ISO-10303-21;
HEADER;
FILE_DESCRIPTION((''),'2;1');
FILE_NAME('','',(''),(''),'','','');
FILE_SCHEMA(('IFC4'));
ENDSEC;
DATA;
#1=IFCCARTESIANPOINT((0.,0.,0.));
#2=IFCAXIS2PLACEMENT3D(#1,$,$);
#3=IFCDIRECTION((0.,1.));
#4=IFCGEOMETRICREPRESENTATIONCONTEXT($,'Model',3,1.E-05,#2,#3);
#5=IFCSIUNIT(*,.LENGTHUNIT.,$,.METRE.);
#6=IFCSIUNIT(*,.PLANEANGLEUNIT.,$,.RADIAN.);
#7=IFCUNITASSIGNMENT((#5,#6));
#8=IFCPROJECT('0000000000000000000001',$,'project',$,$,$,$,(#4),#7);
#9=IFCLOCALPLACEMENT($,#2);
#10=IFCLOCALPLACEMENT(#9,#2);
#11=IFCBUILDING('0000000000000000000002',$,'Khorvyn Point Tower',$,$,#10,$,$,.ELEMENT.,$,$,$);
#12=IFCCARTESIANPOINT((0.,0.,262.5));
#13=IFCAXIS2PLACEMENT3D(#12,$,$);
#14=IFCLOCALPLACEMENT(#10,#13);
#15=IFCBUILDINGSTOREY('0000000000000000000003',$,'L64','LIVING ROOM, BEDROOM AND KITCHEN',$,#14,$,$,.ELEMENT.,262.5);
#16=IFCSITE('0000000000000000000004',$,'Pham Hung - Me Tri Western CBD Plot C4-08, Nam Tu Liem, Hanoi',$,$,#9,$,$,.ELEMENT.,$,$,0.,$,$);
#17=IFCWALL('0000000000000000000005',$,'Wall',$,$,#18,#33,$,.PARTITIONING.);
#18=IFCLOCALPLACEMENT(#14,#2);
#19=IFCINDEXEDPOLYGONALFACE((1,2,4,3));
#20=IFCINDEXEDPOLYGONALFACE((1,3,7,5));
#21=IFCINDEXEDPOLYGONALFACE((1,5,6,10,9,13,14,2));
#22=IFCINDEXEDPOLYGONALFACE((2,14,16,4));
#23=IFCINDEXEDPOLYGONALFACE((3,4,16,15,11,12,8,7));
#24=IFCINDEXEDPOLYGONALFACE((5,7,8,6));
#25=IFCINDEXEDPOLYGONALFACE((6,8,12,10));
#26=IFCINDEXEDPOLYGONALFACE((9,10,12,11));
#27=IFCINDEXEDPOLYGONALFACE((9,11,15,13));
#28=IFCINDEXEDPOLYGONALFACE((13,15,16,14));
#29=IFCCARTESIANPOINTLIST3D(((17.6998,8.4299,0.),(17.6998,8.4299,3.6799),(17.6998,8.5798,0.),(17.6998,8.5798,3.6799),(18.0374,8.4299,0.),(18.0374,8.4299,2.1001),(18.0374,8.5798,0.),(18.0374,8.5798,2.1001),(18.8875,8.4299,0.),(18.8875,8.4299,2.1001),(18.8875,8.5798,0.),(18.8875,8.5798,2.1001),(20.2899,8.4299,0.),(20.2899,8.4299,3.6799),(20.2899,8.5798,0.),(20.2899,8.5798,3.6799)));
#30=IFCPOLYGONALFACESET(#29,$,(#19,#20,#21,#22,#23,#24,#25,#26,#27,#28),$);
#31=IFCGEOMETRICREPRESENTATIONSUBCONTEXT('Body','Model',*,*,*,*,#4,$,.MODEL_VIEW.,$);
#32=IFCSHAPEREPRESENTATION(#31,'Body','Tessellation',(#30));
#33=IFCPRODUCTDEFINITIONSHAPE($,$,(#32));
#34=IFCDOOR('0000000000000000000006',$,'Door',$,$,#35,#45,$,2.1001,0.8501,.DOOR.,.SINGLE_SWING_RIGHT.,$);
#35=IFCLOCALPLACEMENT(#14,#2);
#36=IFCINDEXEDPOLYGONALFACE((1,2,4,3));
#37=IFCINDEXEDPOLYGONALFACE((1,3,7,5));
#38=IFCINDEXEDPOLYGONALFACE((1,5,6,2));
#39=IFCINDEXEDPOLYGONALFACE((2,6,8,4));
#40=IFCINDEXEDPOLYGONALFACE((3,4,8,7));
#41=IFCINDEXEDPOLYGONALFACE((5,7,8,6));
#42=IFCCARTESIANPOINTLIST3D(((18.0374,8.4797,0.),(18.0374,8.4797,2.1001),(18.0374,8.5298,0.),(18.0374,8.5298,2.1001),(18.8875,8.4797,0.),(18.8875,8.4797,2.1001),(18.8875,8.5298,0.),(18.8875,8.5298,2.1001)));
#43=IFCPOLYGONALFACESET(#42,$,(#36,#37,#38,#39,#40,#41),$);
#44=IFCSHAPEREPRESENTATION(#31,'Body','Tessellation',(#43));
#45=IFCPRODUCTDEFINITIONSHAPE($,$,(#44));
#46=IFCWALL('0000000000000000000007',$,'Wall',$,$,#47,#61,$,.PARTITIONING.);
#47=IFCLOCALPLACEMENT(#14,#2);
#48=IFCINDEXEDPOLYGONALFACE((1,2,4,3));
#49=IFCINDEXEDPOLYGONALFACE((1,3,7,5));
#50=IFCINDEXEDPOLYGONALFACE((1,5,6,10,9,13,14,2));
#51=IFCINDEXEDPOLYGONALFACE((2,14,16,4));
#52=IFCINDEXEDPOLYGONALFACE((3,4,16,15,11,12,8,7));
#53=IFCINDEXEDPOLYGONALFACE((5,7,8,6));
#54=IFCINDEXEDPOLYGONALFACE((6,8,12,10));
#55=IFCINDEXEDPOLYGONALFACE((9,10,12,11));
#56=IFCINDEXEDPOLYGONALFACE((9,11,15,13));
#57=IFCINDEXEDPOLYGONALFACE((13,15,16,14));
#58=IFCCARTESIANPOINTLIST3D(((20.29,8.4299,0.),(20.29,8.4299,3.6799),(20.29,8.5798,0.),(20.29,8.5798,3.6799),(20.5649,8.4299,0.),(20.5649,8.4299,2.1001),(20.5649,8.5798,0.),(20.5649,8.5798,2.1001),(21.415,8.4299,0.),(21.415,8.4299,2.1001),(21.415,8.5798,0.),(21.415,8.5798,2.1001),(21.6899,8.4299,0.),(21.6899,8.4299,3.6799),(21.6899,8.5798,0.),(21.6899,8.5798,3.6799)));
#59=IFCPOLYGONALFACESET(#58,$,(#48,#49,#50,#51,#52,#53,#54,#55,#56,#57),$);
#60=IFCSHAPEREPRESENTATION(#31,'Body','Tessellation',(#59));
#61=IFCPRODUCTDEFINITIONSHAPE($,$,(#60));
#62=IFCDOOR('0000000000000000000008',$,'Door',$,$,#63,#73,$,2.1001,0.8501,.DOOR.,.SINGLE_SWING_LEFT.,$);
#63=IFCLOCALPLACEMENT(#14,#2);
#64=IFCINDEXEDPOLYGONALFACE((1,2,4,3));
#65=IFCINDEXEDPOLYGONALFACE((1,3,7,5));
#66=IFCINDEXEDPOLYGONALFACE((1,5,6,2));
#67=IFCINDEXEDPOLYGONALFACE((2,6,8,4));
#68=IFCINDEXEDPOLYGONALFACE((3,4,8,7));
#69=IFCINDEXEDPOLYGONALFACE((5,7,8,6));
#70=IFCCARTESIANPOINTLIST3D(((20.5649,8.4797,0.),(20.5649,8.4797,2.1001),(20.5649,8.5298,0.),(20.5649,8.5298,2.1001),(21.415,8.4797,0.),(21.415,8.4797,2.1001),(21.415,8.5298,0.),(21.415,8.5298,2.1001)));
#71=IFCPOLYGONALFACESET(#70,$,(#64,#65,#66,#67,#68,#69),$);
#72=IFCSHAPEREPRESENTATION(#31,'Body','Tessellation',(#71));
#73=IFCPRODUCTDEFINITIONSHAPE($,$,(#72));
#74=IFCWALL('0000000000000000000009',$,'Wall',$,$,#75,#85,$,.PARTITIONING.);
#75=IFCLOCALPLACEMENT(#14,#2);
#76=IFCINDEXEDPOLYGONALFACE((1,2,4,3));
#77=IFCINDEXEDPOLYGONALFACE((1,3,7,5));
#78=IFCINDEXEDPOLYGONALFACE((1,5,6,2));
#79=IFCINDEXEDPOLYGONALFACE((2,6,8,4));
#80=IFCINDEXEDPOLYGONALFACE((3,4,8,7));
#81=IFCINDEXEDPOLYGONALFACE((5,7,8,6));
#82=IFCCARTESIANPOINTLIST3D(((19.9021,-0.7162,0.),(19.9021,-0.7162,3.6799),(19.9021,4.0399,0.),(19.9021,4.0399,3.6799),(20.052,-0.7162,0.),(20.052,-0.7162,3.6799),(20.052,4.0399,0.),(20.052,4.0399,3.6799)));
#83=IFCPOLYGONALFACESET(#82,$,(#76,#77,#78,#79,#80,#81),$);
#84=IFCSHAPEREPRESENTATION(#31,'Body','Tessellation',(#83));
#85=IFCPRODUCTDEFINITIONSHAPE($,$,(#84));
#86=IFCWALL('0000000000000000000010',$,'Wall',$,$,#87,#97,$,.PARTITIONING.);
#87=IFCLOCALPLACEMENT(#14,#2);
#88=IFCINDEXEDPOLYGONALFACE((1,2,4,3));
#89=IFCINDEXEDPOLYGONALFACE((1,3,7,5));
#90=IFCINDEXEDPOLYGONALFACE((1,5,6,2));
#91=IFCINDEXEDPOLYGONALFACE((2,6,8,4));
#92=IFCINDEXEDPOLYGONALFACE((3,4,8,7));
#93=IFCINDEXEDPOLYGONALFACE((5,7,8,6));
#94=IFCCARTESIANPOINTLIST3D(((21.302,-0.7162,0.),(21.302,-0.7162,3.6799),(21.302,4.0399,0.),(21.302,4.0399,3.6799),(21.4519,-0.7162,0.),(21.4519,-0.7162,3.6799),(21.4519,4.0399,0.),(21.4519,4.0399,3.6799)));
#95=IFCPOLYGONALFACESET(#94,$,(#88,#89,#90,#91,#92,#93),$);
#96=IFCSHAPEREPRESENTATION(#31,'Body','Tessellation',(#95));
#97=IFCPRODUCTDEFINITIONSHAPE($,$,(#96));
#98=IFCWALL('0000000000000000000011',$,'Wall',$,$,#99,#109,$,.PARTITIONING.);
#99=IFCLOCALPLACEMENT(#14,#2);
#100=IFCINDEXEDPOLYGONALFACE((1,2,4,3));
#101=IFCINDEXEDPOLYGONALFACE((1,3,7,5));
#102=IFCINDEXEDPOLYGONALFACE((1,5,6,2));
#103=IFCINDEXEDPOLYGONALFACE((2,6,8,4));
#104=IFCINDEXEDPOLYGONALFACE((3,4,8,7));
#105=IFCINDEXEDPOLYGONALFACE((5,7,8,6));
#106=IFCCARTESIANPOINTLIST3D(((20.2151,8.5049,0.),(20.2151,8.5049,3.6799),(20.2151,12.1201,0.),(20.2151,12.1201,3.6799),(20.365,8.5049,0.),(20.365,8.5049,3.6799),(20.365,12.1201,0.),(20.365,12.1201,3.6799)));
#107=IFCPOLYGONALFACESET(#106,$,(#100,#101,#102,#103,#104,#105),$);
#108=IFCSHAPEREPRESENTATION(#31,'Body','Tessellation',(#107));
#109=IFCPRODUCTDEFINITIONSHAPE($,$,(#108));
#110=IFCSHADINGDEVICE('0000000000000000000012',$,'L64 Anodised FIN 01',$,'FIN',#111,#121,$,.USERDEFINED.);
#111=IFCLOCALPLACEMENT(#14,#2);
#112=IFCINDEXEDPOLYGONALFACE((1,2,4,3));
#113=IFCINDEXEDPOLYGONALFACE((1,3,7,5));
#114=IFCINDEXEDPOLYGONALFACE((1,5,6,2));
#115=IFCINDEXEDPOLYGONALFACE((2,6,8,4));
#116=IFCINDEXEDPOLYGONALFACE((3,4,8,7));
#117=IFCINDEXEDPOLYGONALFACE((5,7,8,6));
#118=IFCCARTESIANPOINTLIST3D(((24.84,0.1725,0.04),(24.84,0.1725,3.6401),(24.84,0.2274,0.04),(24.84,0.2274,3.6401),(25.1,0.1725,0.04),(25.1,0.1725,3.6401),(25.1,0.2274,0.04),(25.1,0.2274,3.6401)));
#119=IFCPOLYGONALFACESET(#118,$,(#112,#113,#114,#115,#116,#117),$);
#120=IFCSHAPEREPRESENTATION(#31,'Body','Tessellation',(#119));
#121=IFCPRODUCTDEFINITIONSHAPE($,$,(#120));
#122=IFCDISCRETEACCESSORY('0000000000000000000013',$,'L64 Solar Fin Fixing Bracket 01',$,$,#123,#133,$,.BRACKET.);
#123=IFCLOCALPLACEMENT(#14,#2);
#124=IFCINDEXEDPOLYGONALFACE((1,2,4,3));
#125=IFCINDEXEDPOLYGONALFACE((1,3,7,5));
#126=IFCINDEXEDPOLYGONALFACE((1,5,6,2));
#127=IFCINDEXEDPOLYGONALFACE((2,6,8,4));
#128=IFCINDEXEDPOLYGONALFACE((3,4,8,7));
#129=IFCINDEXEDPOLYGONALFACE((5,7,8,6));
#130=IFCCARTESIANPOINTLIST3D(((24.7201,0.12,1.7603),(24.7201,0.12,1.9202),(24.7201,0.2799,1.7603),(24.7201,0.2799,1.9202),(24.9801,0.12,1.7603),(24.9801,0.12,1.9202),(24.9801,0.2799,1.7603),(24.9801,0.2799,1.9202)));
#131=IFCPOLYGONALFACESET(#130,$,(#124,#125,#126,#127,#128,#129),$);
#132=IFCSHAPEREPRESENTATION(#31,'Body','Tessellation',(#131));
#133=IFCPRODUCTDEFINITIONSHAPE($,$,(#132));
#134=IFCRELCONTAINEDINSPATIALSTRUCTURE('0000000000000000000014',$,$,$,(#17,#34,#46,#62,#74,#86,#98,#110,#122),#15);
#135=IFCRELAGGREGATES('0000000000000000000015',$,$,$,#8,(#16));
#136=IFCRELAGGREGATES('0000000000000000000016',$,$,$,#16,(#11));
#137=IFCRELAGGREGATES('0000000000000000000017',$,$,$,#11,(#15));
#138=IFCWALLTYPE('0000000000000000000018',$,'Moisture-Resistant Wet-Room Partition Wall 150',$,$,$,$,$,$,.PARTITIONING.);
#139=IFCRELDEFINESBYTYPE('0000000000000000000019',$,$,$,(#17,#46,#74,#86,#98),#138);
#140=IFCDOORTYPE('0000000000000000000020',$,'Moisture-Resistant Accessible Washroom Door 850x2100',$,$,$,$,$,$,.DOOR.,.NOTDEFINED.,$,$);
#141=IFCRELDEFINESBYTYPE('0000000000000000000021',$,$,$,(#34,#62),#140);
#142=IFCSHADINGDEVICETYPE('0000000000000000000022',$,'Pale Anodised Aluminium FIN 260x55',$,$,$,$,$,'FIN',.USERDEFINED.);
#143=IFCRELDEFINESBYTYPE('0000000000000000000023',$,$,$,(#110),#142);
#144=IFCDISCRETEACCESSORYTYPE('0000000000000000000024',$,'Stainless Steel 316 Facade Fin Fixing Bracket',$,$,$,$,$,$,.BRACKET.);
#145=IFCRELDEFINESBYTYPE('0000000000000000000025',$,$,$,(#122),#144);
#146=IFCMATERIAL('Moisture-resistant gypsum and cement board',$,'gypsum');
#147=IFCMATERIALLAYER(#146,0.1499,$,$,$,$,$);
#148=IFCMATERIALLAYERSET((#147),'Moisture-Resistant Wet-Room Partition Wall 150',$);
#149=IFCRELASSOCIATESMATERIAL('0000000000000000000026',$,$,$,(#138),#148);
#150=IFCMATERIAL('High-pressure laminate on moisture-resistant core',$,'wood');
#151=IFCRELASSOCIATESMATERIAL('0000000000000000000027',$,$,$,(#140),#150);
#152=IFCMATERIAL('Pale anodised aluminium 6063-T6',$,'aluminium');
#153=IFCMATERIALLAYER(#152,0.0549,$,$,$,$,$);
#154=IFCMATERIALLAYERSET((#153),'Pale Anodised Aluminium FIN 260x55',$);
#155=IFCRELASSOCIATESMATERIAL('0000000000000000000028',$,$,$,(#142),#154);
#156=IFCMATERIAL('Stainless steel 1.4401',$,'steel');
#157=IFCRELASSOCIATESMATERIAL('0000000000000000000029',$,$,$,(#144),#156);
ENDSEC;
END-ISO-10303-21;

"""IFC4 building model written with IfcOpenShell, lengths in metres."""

from ifc_helpers import new_model, si_unit, direction, frame, frame_2d, origin, origin_2d, place, context, subcontext, project, spatial, rectangle, extrude, material, layer, layer_set, type_object, element, fill, save


model = new_model("IFC4")

# Units and contexts
model_context = context("Model", 3, precision=1e-05, world=origin(), true_north=direction((0.0, 1.0)))
body_context = subcontext(model_context, "Body", "Model", "MODEL_VIEW")
ifc_project = project(units=[si_unit("LENGTHUNIT", "METRE"), si_unit("PLANEANGLEUNIT", "RADIAN")], contexts=[model_context])

# Site, building, storey
site_placement = place(None, origin())
site = spatial("IfcSite", under=ifc_project, at=site_placement, Name="Pham Hung - Me Tri Western CBD Plot C4-08, Nam Tu Liem, Hanoi", CompositionType="ELEMENT", RefElevation=0.0)
building_placement = place(site_placement, origin())
building = spatial("IfcBuilding", under=site, at=building_placement, Name="Khorvyn Point Tower", CompositionType="ELEMENT")
storey_placement = place(building_placement, frame((0.0, 0.0, 262.5)))
storey = spatial("IfcBuildingStorey", under=building, at=storey_placement, Name="L64", Description="LIVING ROOM, BEDROOM AND KITCHEN", CompositionType="ELEMENT", Elevation=262.5)

# Walls, openings, doors
ifc_material_1 = material(Name="Moisture-resistant gypsum and cement board", Category="gypsum")
ifc_layer_1 = layer(ifc_material_1, 0.1499)
ifc_layer_set_1 = layer_set([ifc_layer_1], Name="Moisture-Resistant Wet-Room Partition Wall 150")
wall_type_1 = type_object("IfcWallType", Name="Moisture-Resistant Wet-Room Partition Wall 150", PredefinedType="PARTITIONING", material=ifc_layer_set_1)
ifc_material_2 = material(Name="High-pressure laminate on moisture-resistant core", Category="wood")
door_type_1 = type_object("IfcDoorType", Name="Moisture-Resistant Accessible Washroom Door 850x2100", OperationType="NOTDEFINED", PredefinedType="DOOR", material=ifc_material_2)
wall_1_placement = place(storey_placement, frame((17.7, 8.5049, 0.0), z_axis=(0.0, 0.0, 1.0), x_axis=(1.0, 0.0, 0.0)))
wall_1 = element("IfcWall", 1, at=wall_1_placement, inside=storey, type_object=wall_type_1, Name="Wall", PredefinedType="PARTITIONING", context=body_context, shape_type="SweptSolid", body=[
    extrude(rectangle(XDim=2.5901, YDim=0.1499, at=frame_2d((1.2949, 0.0))), origin(), (0.0, 0.0, 1.0), 3.6799),
])
opening_1_placement = place(wall_1_placement, frame((0.3374, 0.0, 0.0)))
opening_1 = element("IfcOpeningElement", 2, at=opening_1_placement, cuts=wall_1, PredefinedType="OPENING", context=body_context, shape_type="SweptSolid", body=[
    extrude(rectangle(XDim=0.8501, YDim=2.1001, at=frame_2d((0.425, 1.05))), frame((0.0, 0.085, 0.0), z_axis=(0.0, -1.0, 0.0), x_axis=(1.0, 0.0, 0.0)), (0.0, 0.0, 1.0), 0.1699),
])
door_1_placement = place(opening_1_placement, origin())
door_1 = element("IfcDoor", 3, at=door_1_placement, inside=storey, type_object=door_type_1, Name="Door", OperationType="SINGLE_SWING_RIGHT", OverallHeight=2.1001, OverallWidth=0.8501, PredefinedType="DOOR", context=body_context, shape_type="SweptSolid", body=[
    extrude(rectangle(XDim=0.8501, YDim=2.1001, at=frame_2d((0.425, 1.05))), frame((0.0, 0.0249, 0.0), z_axis=(0.0, -1.0, 0.0), x_axis=(1.0, 0.0, 0.0)), (0.0, 0.0, 1.0), 0.05),
])
fill(opening_1, door_1)
wall_2_placement = place(storey_placement, frame((20.29, 8.5049, 0.0), z_axis=(0.0, 0.0, 1.0), x_axis=(1.0, 0.0, 0.0)))
wall_2 = element("IfcWall", 4, at=wall_2_placement, inside=storey, type_object=wall_type_1, Name="Wall", PredefinedType="PARTITIONING", context=body_context, shape_type="SweptSolid", body=[
    extrude(rectangle(XDim=1.3999, YDim=0.1499, at=frame_2d((0.7, 0.0))), origin(), (0.0, 0.0, 1.0), 3.6799),
])
opening_2_placement = place(wall_2_placement, frame((0.2749, 0.0, 0.0)))
opening_2 = element("IfcOpeningElement", 5, at=opening_2_placement, cuts=wall_2, PredefinedType="OPENING", context=body_context, shape_type="SweptSolid", body=[
    extrude(rectangle(XDim=0.8501, YDim=2.1001, at=frame_2d((0.425, 1.05))), frame((0.0, 0.085, 0.0), z_axis=(0.0, -1.0, 0.0), x_axis=(1.0, 0.0, 0.0)), (0.0, 0.0, 1.0), 0.1699),
])
door_2_placement = place(opening_2_placement, origin())
door_2 = element("IfcDoor", 6, at=door_2_placement, inside=storey, type_object=door_type_1, Name="Door", OperationType="SINGLE_SWING_LEFT", OverallHeight=2.1001, OverallWidth=0.8501, PredefinedType="DOOR", context=body_context, shape_type="SweptSolid", body=[
    extrude(rectangle(XDim=0.8501, YDim=2.1001, at=frame_2d((0.425, 1.05))), frame((0.0, 0.0249, 0.0), z_axis=(0.0, -1.0, 0.0), x_axis=(1.0, 0.0, 0.0)), (0.0, 0.0, 1.0), 0.05),
])
fill(opening_2, door_2)

# Walls
for number, where, z_axis, x_axis, name in (
    (7, (19.9771, -0.7161, 0.0), (0.0, 0.0, 1.0), (0.0, 1.0, 0.0), "Wall"),
    (8, (21.377, -0.7161, 0.0), (0.0, 0.0, 1.0), (0.0, 1.0, 0.0), "Wall"),
):
    element("IfcWall", number, at=place(storey_placement, frame(where, z_axis=z_axis, x_axis=x_axis)), inside=storey, type_object=wall_type_1, Name=name, PredefinedType="PARTITIONING", context=body_context, shape_type="SweptSolid", body=[
        extrude(rectangle(XDim=4.7561, YDim=0.1499, at=frame_2d((2.3779, 0.0))), origin(), (0.0, 0.0, 1.0), 3.6799),
    ])
wall_3_placement = place(storey_placement, frame((20.29, 8.5049, 0.0), z_axis=(0.0, 0.0, 1.0), x_axis=(0.0, 1.0, 0.0)))
element("IfcWall", 9, at=wall_3_placement, inside=storey, type_object=wall_type_1, Name="Wall", PredefinedType="PARTITIONING", context=body_context, shape_type="SweptSolid", body=[
    extrude(rectangle(XDim=3.6152, YDim=0.1499, at=frame_2d((1.8076, 0.0))), origin(), (0.0, 0.0, 1.0), 3.6799),
])

# Shading device
ifc_material_3 = material(Name="Pale anodised aluminium 6063-T6", Category="aluminium")
ifc_layer_2 = layer(ifc_material_3, 0.0549)
ifc_layer_set_2 = layer_set([ifc_layer_2], Name="Pale Anodised Aluminium FIN 260x55")
shading_device_type = type_object("IfcShadingDeviceType", Name="Pale Anodised Aluminium FIN 260x55", ElementType="FIN", PredefinedType="USERDEFINED", material=ifc_layer_set_2)
shading_device_placement = place(storey_placement, frame((24.97, 0.2, 0.04), z_axis=(0.0, 0.0, 1.0), x_axis=(1.0, 0.0, 0.0)))
element("IfcShadingDevice", 10, at=shading_device_placement, inside=storey, type_object=shading_device_type, Name="L64 Anodised FIN 01", ObjectType="FIN", PredefinedType="USERDEFINED", context=body_context, shape_type="SweptSolid", body=[
    extrude(rectangle(XDim=0.26, YDim=0.0549, at=origin_2d()), origin(), (0.0, 0.0, 1.0), 3.6001),
])

# Discrete accessory
ifc_material_4 = material(Name="Stainless steel 1.4401", Category="steel")
discrete_accessory_type = type_object("IfcDiscreteAccessoryType", Name="Stainless Steel 316 Facade Fin Fixing Bracket", PredefinedType="BRACKET", material=ifc_material_4)
discrete_accessory_placement = place(storey_placement, frame((24.8501, 0.2, 1.7603), z_axis=(0.0, 0.0, 1.0), x_axis=(0.0, -1.0, 0.0)))
element("IfcDiscreteAccessory", 11, at=discrete_accessory_placement, inside=storey, type_object=discrete_accessory_type, Name="L64 Solar Fin Fixing Bracket 01", PredefinedType="BRACKET", context=body_context, shape_type="SweptSolid", body=[
    extrude(rectangle(XDim=0.1599, YDim=0.26, at=origin_2d()), origin(), (0.0, 0.0, 1.0), 0.1599),
])

save(model, "model.ifc")
